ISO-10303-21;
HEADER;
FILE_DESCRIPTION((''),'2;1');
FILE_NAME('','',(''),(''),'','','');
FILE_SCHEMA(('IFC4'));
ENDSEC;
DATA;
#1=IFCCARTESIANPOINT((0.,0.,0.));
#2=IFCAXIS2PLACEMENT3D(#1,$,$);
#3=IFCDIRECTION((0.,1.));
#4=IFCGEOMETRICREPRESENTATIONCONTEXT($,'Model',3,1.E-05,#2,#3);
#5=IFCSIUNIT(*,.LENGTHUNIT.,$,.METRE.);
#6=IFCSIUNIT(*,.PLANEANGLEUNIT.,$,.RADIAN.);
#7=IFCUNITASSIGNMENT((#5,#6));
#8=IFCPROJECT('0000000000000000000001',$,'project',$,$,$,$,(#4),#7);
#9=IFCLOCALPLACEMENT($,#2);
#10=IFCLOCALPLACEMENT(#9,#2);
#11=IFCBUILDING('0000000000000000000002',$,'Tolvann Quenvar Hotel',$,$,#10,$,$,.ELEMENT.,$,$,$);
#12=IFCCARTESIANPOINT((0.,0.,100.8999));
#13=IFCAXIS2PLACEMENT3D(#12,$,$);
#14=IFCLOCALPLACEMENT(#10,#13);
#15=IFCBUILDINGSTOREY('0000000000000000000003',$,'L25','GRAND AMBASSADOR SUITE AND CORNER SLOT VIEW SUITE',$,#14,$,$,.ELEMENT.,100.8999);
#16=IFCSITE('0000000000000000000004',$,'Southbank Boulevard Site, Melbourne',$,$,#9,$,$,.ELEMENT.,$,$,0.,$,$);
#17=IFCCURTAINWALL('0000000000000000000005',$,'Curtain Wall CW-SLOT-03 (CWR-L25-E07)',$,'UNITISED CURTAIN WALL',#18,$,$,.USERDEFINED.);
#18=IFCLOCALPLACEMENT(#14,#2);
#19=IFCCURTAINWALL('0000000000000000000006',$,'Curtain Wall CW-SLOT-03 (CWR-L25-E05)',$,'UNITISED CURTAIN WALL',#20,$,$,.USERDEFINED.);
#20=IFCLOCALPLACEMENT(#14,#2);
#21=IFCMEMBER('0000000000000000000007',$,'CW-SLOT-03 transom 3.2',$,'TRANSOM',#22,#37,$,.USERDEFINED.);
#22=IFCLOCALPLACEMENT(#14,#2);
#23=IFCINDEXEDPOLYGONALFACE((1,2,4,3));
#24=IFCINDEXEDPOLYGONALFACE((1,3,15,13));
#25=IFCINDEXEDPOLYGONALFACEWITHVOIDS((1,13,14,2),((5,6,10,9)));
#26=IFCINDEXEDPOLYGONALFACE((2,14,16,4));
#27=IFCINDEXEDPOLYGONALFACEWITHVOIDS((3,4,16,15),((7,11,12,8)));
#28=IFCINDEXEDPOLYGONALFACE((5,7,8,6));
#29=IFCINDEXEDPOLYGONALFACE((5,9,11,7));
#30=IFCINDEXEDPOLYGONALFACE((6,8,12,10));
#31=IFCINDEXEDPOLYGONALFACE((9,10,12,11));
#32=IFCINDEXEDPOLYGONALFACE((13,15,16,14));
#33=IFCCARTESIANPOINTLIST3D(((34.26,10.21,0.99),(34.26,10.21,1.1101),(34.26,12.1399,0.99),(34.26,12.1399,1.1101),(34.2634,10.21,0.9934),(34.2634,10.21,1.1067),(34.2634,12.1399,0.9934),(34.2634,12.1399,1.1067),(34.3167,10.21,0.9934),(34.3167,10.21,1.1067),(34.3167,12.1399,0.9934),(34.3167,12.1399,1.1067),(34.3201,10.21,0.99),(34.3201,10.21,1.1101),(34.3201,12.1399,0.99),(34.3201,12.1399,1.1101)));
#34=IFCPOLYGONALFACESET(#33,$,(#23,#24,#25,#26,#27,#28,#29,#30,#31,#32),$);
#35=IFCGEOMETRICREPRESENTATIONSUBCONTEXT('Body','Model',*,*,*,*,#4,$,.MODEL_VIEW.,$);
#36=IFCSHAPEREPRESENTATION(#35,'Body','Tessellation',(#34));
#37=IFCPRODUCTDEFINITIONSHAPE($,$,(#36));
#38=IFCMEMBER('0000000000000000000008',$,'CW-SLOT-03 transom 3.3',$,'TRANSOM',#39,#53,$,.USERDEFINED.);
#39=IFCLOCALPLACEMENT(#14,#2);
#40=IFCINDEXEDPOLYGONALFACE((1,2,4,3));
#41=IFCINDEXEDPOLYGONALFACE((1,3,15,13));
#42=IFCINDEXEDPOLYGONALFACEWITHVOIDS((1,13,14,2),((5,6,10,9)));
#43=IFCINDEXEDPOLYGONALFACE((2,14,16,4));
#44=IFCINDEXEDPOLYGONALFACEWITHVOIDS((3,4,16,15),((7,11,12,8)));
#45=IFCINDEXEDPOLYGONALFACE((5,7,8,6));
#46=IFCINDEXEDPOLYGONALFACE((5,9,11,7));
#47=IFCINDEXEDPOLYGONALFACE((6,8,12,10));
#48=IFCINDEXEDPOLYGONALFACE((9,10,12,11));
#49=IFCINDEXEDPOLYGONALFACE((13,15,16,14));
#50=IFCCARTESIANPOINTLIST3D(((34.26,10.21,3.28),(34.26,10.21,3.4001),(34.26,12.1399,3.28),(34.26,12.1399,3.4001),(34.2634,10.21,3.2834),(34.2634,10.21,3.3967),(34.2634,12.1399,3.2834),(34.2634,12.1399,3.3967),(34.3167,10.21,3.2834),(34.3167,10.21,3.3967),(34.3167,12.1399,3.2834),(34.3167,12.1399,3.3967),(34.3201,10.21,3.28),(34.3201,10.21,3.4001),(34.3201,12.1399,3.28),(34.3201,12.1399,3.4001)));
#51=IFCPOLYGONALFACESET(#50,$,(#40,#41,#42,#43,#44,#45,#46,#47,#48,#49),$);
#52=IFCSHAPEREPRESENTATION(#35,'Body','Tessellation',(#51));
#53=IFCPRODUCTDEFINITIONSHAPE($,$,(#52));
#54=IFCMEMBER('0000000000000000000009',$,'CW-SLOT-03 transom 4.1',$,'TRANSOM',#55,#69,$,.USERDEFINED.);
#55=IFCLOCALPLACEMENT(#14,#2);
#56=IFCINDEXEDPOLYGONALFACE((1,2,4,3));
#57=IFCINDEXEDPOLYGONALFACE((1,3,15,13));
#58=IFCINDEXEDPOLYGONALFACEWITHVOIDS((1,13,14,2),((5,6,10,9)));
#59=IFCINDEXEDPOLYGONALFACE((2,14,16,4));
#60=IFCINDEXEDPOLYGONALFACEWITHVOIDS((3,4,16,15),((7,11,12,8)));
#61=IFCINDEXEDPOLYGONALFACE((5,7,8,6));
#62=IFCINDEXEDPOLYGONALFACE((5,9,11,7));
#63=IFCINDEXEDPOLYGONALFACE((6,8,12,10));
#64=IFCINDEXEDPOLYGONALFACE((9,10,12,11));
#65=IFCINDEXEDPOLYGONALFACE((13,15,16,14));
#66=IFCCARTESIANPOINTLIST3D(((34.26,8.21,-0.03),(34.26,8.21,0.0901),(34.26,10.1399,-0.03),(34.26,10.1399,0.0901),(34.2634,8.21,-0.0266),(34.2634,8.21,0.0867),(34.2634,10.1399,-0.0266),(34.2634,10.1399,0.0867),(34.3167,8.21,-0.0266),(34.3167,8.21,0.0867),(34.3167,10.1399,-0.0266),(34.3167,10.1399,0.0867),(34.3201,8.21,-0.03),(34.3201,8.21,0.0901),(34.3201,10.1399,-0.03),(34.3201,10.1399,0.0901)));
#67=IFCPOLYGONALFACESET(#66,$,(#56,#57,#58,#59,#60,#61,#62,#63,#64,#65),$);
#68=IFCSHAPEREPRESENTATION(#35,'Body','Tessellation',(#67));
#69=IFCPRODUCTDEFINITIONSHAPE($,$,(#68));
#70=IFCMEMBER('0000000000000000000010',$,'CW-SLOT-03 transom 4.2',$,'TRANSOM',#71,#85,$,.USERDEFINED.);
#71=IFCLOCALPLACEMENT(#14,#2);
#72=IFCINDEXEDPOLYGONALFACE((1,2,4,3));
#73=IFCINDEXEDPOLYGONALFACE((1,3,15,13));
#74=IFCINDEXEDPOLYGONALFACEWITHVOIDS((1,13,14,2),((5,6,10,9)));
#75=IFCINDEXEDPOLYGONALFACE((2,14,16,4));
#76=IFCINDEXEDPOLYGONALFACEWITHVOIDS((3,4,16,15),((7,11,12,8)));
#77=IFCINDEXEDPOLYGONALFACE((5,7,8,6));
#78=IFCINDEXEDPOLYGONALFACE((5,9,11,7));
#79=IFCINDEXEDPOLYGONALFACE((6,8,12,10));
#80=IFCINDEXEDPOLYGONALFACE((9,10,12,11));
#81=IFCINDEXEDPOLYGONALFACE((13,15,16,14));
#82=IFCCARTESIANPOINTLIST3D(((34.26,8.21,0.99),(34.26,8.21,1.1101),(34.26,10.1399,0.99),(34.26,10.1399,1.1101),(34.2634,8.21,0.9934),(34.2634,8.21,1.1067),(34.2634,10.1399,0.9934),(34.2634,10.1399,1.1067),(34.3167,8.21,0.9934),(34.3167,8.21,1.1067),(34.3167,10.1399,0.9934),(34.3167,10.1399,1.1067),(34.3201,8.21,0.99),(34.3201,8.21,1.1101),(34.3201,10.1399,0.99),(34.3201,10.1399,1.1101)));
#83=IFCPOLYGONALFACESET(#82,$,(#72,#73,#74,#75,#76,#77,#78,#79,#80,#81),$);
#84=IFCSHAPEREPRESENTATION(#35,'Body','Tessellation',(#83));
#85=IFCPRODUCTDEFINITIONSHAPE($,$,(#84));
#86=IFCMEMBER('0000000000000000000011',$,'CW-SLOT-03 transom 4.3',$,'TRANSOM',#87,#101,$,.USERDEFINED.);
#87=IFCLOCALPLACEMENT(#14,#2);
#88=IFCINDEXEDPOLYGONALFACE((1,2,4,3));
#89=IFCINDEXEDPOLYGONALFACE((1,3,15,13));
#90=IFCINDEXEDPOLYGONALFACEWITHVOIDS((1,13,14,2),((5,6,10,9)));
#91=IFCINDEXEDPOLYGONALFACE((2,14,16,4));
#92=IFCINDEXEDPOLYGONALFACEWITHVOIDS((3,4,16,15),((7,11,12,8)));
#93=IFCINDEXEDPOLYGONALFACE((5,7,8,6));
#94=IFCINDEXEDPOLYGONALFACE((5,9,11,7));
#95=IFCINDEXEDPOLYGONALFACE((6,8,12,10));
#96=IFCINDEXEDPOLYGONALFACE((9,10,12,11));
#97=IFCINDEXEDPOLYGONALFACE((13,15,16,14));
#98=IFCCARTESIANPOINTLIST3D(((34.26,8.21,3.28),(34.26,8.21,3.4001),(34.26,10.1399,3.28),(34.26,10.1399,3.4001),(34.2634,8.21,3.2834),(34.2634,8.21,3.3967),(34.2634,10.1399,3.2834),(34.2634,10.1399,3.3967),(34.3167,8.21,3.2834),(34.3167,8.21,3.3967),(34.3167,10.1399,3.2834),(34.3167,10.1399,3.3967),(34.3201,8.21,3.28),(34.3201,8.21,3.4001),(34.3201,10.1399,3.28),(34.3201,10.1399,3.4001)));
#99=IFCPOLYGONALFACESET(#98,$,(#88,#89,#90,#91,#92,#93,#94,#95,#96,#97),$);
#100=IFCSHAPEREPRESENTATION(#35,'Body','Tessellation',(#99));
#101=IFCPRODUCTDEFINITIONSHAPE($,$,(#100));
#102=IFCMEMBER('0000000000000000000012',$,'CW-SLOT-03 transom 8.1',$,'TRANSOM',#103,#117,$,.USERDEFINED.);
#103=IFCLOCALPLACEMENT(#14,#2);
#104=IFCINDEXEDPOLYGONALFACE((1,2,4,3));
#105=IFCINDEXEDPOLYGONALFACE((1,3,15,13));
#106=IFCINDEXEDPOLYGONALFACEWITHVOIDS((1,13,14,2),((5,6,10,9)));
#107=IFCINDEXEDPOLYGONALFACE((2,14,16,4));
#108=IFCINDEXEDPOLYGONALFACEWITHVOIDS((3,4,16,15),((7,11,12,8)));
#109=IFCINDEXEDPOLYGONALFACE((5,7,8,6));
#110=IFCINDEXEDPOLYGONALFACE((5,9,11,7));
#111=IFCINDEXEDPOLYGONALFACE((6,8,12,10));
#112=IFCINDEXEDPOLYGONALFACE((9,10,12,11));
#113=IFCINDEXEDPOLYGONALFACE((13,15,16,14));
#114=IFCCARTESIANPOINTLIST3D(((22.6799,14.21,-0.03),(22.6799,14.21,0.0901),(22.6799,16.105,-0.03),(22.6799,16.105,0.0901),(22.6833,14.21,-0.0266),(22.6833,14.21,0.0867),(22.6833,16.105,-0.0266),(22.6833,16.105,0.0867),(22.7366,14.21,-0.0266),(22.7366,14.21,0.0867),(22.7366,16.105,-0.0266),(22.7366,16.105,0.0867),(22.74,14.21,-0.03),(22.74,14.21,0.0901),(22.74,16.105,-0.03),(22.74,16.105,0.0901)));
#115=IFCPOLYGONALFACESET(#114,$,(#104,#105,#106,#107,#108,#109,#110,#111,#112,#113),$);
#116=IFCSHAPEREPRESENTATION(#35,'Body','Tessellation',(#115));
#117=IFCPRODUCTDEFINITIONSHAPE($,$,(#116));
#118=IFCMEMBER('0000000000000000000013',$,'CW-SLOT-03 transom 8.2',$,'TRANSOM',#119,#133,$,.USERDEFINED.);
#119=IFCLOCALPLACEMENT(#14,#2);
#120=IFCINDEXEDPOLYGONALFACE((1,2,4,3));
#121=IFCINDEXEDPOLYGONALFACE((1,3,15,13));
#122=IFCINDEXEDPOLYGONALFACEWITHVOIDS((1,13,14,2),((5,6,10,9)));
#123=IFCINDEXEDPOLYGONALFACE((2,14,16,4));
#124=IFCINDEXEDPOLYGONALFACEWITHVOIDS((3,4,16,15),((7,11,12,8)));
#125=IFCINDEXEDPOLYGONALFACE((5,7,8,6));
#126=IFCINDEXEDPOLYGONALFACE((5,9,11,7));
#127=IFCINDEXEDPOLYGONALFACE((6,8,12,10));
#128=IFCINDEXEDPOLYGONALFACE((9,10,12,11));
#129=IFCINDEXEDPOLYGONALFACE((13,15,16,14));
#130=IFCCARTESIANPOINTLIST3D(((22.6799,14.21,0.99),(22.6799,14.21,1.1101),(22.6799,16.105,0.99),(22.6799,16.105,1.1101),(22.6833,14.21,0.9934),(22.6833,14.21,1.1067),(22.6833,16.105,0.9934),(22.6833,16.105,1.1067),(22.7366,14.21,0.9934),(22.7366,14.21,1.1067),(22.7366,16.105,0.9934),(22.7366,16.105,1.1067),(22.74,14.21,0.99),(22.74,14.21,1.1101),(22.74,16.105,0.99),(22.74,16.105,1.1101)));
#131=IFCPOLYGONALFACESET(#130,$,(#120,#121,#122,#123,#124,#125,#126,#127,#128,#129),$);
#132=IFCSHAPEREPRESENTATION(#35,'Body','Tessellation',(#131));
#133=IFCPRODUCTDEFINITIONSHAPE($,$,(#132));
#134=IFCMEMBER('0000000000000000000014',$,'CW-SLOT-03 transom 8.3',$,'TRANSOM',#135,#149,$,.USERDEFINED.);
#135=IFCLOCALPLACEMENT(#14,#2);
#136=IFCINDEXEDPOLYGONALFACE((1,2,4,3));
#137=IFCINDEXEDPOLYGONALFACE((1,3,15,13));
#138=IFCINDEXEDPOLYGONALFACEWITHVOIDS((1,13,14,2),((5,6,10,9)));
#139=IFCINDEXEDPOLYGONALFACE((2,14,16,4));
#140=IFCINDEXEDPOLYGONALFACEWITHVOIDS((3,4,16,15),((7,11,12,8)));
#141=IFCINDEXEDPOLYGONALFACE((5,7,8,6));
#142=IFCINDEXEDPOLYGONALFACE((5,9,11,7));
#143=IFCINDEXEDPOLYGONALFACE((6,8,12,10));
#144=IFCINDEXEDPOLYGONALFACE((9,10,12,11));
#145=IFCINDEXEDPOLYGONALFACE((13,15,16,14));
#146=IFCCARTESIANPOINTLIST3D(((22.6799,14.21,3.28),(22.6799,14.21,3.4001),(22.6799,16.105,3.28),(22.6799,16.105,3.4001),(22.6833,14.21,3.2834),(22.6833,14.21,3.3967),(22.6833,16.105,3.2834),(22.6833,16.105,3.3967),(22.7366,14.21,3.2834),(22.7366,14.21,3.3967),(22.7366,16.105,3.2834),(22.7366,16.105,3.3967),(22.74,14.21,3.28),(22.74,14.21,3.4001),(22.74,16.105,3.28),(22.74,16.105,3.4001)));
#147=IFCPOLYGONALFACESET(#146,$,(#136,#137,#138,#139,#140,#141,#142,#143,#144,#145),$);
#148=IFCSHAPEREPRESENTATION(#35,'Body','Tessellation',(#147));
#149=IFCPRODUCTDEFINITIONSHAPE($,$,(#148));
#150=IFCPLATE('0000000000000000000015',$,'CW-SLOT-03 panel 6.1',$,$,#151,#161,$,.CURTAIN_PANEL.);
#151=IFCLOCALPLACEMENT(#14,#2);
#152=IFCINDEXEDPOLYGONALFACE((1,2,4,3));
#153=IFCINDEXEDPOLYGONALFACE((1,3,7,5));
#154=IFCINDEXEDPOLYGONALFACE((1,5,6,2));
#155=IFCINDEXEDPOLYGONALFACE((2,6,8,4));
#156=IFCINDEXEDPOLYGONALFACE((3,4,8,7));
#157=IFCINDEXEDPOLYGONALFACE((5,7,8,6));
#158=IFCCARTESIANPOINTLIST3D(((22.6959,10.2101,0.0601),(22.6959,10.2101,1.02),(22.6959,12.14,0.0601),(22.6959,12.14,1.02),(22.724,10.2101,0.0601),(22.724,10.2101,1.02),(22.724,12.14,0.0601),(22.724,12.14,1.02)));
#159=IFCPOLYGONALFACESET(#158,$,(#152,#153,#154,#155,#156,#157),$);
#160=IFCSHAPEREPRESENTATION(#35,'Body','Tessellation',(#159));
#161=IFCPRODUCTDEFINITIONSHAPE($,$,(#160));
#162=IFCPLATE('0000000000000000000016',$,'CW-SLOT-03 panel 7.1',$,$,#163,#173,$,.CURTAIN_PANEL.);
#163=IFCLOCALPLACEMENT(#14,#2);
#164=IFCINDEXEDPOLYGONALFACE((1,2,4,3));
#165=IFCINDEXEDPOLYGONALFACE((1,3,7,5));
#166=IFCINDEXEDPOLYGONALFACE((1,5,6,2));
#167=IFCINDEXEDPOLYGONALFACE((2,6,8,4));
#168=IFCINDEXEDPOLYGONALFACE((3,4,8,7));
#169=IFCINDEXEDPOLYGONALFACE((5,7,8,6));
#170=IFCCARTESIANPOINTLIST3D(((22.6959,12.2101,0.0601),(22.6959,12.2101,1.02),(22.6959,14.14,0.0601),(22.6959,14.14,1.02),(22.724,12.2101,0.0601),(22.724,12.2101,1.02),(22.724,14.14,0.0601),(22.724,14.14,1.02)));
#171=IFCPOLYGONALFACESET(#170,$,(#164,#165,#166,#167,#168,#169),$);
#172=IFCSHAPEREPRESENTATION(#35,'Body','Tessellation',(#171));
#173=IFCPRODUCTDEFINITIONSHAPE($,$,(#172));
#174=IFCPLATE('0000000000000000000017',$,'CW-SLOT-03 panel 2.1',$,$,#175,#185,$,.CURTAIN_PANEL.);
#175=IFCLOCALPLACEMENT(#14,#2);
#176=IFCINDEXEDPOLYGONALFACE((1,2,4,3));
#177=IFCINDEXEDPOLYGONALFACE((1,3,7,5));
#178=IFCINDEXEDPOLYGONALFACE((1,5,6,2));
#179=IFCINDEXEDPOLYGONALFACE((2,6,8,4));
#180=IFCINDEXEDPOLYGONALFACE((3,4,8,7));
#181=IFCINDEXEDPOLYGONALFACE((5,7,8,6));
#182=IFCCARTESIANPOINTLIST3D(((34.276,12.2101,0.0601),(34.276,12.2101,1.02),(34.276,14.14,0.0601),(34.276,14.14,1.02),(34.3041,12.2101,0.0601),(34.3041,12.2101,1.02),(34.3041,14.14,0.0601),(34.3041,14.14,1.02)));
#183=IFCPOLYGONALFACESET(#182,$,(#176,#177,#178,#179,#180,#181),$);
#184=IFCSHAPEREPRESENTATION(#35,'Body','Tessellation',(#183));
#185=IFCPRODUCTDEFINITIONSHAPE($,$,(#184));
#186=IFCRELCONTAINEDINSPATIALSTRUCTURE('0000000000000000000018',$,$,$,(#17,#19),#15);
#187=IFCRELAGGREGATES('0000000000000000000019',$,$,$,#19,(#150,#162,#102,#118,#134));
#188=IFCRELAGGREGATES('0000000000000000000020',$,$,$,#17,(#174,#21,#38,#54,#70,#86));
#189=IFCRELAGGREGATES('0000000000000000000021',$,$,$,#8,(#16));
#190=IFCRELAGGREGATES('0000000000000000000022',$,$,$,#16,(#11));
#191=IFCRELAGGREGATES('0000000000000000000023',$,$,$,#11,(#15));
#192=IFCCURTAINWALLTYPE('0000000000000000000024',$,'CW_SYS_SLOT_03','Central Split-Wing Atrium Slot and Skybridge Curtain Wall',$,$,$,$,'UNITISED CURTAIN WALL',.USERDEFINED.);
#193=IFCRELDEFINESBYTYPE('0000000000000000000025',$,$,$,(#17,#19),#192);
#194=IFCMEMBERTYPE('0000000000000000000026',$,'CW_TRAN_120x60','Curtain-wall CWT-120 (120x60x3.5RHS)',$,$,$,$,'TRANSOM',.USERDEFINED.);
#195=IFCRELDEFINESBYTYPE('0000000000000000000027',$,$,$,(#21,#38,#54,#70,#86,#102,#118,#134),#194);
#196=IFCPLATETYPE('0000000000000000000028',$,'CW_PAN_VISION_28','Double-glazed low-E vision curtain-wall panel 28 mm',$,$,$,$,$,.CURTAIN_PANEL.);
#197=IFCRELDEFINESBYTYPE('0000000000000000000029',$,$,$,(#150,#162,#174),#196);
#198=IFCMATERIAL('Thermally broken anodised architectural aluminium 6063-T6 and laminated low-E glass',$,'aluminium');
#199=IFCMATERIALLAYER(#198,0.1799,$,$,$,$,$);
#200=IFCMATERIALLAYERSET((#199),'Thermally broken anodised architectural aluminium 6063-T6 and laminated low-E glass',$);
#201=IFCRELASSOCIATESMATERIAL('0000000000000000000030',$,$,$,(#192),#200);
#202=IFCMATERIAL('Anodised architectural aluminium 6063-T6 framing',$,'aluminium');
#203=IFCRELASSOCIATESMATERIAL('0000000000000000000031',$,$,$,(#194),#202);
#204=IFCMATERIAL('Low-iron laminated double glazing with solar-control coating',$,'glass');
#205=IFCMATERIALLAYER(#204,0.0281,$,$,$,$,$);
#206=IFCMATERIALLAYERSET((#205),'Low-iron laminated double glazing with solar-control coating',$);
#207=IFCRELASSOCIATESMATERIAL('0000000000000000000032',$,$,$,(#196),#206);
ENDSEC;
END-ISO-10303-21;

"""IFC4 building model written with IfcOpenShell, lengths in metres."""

from ifc_helpers import new_model, si_unit, direction, frame, origin, origin_2d, place, context, subcontext, project, spatial, rectangle, hollow_rectangle, extrude, source, transform, mapped, material, layer, layer_set, material_profile, profile_set, type_object, type_shapes, element, aggregate, save


model = new_model("IFC4")

# Units and contexts
model_context = context("Model", 3, precision=1e-05, world=origin(), true_north=direction((0.0, 1.0)))
body_context = subcontext(model_context, "Body", "Model", "MODEL_VIEW")
ifc_project = project(units=[si_unit("LENGTHUNIT", "METRE"), si_unit("PLANEANGLEUNIT", "RADIAN")], contexts=[model_context])

# Site, building, storey
site_placement = place(None, origin())
site = spatial("IfcSite", under=ifc_project, at=site_placement, Name="Southbank Boulevard Site, Melbourne", CompositionType="ELEMENT", RefElevation=0.0)
building_placement = place(site_placement, origin())
building = spatial("IfcBuilding", under=site, at=building_placement, Name="Tolvann Quenvar Hotel", CompositionType="ELEMENT")
storey_placement = place(building_placement, frame((0.0, 0.0, 100.8999)))
storey = spatial("IfcBuildingStorey", under=building, at=storey_placement, Name="L25", Description="GRAND AMBASSADOR SUITE AND CORNER SLOT VIEW SUITE", CompositionType="ELEMENT", Elevation=100.8999)

# Curtain walls
ifc_material_1 = material(Name="Thermally broken anodised architectural aluminium 6063-T6 and laminated low-E glass", Category="aluminium")
ifc_layer_1 = layer(ifc_material_1, 0.1799)
ifc_layer_set_1 = layer_set([ifc_layer_1], Name="Thermally broken anodised architectural aluminium 6063-T6 and laminated low-E glass")
curtain_wall_type = type_object("IfcCurtainWallType", Name="CW_SYS_SLOT_03", Description="Central Split-Wing Atrium Slot and Skybridge Curtain Wall", ElementType="UNITISED CURTAIN WALL", PredefinedType="USERDEFINED", material=ifc_layer_set_1)
curtain_wall_1_placement = place(storey_placement, origin())
curtain_wall_1 = element("IfcCurtainWall", 1, at=curtain_wall_1_placement, inside=storey, type_object=curtain_wall_type, Name="Curtain Wall CW-SLOT-03 (CWR-L25-E07)", ObjectType="UNITISED CURTAIN WALL", PredefinedType="USERDEFINED")
ifc_material_2 = material(Name="Anodised architectural aluminium 6063-T6 framing", Category="aluminium")
curtain_wall_2_placement = place(storey_placement, origin())
curtain_wall_2 = element("IfcCurtainWall", 2, at=curtain_wall_2_placement, inside=storey, type_object=curtain_wall_type, Name="Curtain Wall CW-SLOT-03 (CWR-L25-E05)", ObjectType="UNITISED CURTAIN WALL", PredefinedType="USERDEFINED")
ifc_material_profile_1 = material_profile(ifc_material_2, hollow_rectangle(XDim=0.0601, YDim=0.1201, WallThickness=0.0034, at=origin_2d()), Name="120x60x3.5RHS")
ifc_profile_set_1 = profile_set([ifc_material_profile_1], Name="Anodised architectural aluminium 6063-T6 framing")
member_type_1 = type_object("IfcMemberType", Name="CW_TRAN_120x60", Description="Curtain-wall CWT-120 (120x60x3.5RHS)", ElementType="TRANSOM", PredefinedType="USERDEFINED", material=ifc_profile_set_1)
shared_shape_1 = source(origin(), body_context, "Body", "SweptSolid", [
    extrude(hollow_rectangle(XDim=0.0601, YDim=0.1201, WallThickness=0.0034, at=origin_2d()), origin(), (0.0, 0.0, 1.0), 1.9299),
])

# Members
member_1_placement = place(storey_placement, frame((34.29, 12.1399, 1.05), z_axis=(0.0, -1.0, 0.0), x_axis=(1.0, 0.0, 0.0)))
member_1 = element("IfcMember", 3, at=member_1_placement, type_object=member_type_1, Name="CW-SLOT-03 transom 3.2", ObjectType="TRANSOM", PredefinedType="USERDEFINED", context=body_context, shape_type="MappedRepresentation", body=[
    mapped(shared_shape_1, transform((0.0, 0.0, 0.0), x_axis=(1.0, 0.0, 0.0), y_axis=(0.0, 1.0, 0.0), z_axis=(0.0, 0.0, 1.0), scale=1.0)),
])
member_2_placement = place(storey_placement, frame((34.29, 12.1399, 3.3401), z_axis=(0.0, -1.0, 0.0), x_axis=(1.0, 0.0, 0.0)))
member_2 = element("IfcMember", 4, at=member_2_placement, type_object=member_type_1, Name="CW-SLOT-03 transom 3.3", ObjectType="TRANSOM", PredefinedType="USERDEFINED", context=body_context, shape_type="MappedRepresentation", body=[
    mapped(shared_shape_1, transform((0.0, 0.0, 0.0), x_axis=(1.0, 0.0, 0.0), y_axis=(0.0, 1.0, 0.0), z_axis=(0.0, 0.0, 1.0), scale=1.0)),
])
member_3_placement = place(storey_placement, frame((34.29, 10.1399, 0.03), z_axis=(0.0, -1.0, 0.0), x_axis=(1.0, 0.0, 0.0)))
member_3 = element("IfcMember", 5, at=member_3_placement, type_object=member_type_1, Name="CW-SLOT-03 transom 4.1", ObjectType="TRANSOM", PredefinedType="USERDEFINED", context=body_context, shape_type="MappedRepresentation", body=[
    mapped(shared_shape_1, transform((0.0, 0.0, 0.0), x_axis=(1.0, 0.0, 0.0), y_axis=(0.0, 1.0, 0.0), z_axis=(0.0, 0.0, 1.0), scale=1.0)),
])
member_4_placement = place(storey_placement, frame((34.29, 10.1399, 1.05), z_axis=(0.0, -1.0, 0.0), x_axis=(1.0, 0.0, 0.0)))
member_4 = element("IfcMember", 6, at=member_4_placement, type_object=member_type_1, Name="CW-SLOT-03 transom 4.2", ObjectType="TRANSOM", PredefinedType="USERDEFINED", context=body_context, shape_type="MappedRepresentation", body=[
    mapped(shared_shape_1, transform((0.0, 0.0, 0.0), x_axis=(1.0, 0.0, 0.0), y_axis=(0.0, 1.0, 0.0), z_axis=(0.0, 0.0, 1.0), scale=1.0)),
])
member_5_placement = place(storey_placement, frame((34.29, 10.1399, 3.3401), z_axis=(0.0, -1.0, 0.0), x_axis=(1.0, 0.0, 0.0)))
member_5 = element("IfcMember", 7, at=member_5_placement, type_object=member_type_1, Name="CW-SLOT-03 transom 4.3", ObjectType="TRANSOM", PredefinedType="USERDEFINED", context=body_context, shape_type="MappedRepresentation", body=[
    mapped(shared_shape_1, transform((0.0, 0.0, 0.0), x_axis=(1.0, 0.0, 0.0), y_axis=(0.0, 1.0, 0.0), z_axis=(0.0, 0.0, 1.0), scale=1.0)),
])
shared_shape_2 = source(origin(), body_context, "Body", "SweptSolid", [
    extrude(hollow_rectangle(XDim=0.0601, YDim=0.1201, WallThickness=0.0034, at=origin_2d()), origin(), (0.0, 0.0, 1.0), 1.895),
])
type_shapes(member_type_1, [shared_shape_1, shared_shape_2])
member_6_placement = place(storey_placement, frame((22.71, 14.21, 0.03), z_axis=(0.0, 1.0, 0.0), x_axis=(-1.0, 0.0, 0.0)))
member_6 = element("IfcMember", 8, at=member_6_placement, type_object=member_type_1, Name="CW-SLOT-03 transom 8.1", ObjectType="TRANSOM", PredefinedType="USERDEFINED", context=body_context, shape_type="MappedRepresentation", body=[
    mapped(shared_shape_2, transform((0.0, 0.0, 0.0), x_axis=(1.0, 0.0, 0.0), y_axis=(0.0, 1.0, 0.0), z_axis=(0.0, 0.0, 1.0), scale=1.0)),
])
member_7_placement = place(storey_placement, frame((22.71, 14.21, 1.05), z_axis=(0.0, 1.0, 0.0), x_axis=(-1.0, 0.0, 0.0)))
member_7 = element("IfcMember", 9, at=member_7_placement, type_object=member_type_1, Name="CW-SLOT-03 transom 8.2", ObjectType="TRANSOM", PredefinedType="USERDEFINED", context=body_context, shape_type="MappedRepresentation", body=[
    mapped(shared_shape_2, transform((0.0, 0.0, 0.0), x_axis=(1.0, 0.0, 0.0), y_axis=(0.0, 1.0, 0.0), z_axis=(0.0, 0.0, 1.0), scale=1.0)),
])
member_8_placement = place(storey_placement, frame((22.71, 14.21, 3.3401), z_axis=(0.0, 1.0, 0.0), x_axis=(-1.0, 0.0, 0.0)))
member_8 = element("IfcMember", 10, at=member_8_placement, type_object=member_type_1, Name="CW-SLOT-03 transom 8.3", ObjectType="TRANSOM", PredefinedType="USERDEFINED", context=body_context, shape_type="MappedRepresentation", body=[
    mapped(shared_shape_2, transform((0.0, 0.0, 0.0), x_axis=(1.0, 0.0, 0.0), y_axis=(0.0, 1.0, 0.0), z_axis=(0.0, 0.0, 1.0), scale=1.0)),
])

# Plates
ifc_material_3 = material(Name="Low-iron laminated double glazing with solar-control coating", Category="glass")
ifc_layer_2 = layer(ifc_material_3, 0.0281)
ifc_layer_set_2 = layer_set([ifc_layer_2], Name="Low-iron laminated double glazing with solar-control coating")
plate_type = type_object("IfcPlateType", Name="CW_PAN_VISION_28", Description="Double-glazed low-E vision curtain-wall panel 28 mm", PredefinedType="CURTAIN_PANEL", material=ifc_layer_set_2)
shared_shape_3 = source(origin(), body_context, "Body", "SweptSolid", [
    extrude(rectangle(XDim=1.9299, YDim=0.0281, at=origin_2d()), origin(), (0.0, 0.0, 1.0), 0.96),
])
plate_1_placement = place(storey_placement, frame((22.71, 11.175, 0.0601), z_axis=(0.0, 0.0, 1.0), x_axis=(0.0, 1.0, 0.0)))
plate_1 = element("IfcPlate", 11, at=plate_1_placement, type_object=plate_type, Name="CW-SLOT-03 panel 6.1", PredefinedType="CURTAIN_PANEL", context=body_context, shape_type="MappedRepresentation", body=[
    mapped(shared_shape_3, transform((0.0, 0.0, 0.0), x_axis=(1.0, 0.0, 0.0), y_axis=(0.0, 1.0, 0.0), z_axis=(0.0, 0.0, 1.0), scale=1.0)),
])
plate_2_placement = place(storey_placement, frame((22.71, 13.175, 0.0601), z_axis=(0.0, 0.0, 1.0), x_axis=(0.0, 1.0, 0.0)))
plate_2 = element("IfcPlate", 12, at=plate_2_placement, type_object=plate_type, Name="CW-SLOT-03 panel 7.1", PredefinedType="CURTAIN_PANEL", context=body_context, shape_type="MappedRepresentation", body=[
    mapped(shared_shape_3, transform((0.0, 0.0, 0.0), x_axis=(1.0, 0.0, 0.0), y_axis=(0.0, 1.0, 0.0), z_axis=(0.0, 0.0, 1.0), scale=1.0)),
])
plate_3_placement = place(storey_placement, frame((34.29, 13.175, 0.0601), z_axis=(0.0, 0.0, 1.0), x_axis=(0.0, -1.0, 0.0)))
plate_3 = element("IfcPlate", 13, at=plate_3_placement, type_object=plate_type, Name="CW-SLOT-03 panel 2.1", PredefinedType="CURTAIN_PANEL", context=body_context, shape_type="MappedRepresentation", body=[
    mapped(shared_shape_3, transform((0.0, 0.0, 0.0), x_axis=(1.0, 0.0, 0.0), y_axis=(0.0, 1.0, 0.0), z_axis=(0.0, 0.0, 1.0), scale=1.0)),
])
aggregate(curtain_wall_2, [plate_1, plate_2, member_6, member_7, member_8])
aggregate(curtain_wall_1, [plate_3, member_1, member_2, member_3, member_4, member_5])

save(model, "model.ifc")
